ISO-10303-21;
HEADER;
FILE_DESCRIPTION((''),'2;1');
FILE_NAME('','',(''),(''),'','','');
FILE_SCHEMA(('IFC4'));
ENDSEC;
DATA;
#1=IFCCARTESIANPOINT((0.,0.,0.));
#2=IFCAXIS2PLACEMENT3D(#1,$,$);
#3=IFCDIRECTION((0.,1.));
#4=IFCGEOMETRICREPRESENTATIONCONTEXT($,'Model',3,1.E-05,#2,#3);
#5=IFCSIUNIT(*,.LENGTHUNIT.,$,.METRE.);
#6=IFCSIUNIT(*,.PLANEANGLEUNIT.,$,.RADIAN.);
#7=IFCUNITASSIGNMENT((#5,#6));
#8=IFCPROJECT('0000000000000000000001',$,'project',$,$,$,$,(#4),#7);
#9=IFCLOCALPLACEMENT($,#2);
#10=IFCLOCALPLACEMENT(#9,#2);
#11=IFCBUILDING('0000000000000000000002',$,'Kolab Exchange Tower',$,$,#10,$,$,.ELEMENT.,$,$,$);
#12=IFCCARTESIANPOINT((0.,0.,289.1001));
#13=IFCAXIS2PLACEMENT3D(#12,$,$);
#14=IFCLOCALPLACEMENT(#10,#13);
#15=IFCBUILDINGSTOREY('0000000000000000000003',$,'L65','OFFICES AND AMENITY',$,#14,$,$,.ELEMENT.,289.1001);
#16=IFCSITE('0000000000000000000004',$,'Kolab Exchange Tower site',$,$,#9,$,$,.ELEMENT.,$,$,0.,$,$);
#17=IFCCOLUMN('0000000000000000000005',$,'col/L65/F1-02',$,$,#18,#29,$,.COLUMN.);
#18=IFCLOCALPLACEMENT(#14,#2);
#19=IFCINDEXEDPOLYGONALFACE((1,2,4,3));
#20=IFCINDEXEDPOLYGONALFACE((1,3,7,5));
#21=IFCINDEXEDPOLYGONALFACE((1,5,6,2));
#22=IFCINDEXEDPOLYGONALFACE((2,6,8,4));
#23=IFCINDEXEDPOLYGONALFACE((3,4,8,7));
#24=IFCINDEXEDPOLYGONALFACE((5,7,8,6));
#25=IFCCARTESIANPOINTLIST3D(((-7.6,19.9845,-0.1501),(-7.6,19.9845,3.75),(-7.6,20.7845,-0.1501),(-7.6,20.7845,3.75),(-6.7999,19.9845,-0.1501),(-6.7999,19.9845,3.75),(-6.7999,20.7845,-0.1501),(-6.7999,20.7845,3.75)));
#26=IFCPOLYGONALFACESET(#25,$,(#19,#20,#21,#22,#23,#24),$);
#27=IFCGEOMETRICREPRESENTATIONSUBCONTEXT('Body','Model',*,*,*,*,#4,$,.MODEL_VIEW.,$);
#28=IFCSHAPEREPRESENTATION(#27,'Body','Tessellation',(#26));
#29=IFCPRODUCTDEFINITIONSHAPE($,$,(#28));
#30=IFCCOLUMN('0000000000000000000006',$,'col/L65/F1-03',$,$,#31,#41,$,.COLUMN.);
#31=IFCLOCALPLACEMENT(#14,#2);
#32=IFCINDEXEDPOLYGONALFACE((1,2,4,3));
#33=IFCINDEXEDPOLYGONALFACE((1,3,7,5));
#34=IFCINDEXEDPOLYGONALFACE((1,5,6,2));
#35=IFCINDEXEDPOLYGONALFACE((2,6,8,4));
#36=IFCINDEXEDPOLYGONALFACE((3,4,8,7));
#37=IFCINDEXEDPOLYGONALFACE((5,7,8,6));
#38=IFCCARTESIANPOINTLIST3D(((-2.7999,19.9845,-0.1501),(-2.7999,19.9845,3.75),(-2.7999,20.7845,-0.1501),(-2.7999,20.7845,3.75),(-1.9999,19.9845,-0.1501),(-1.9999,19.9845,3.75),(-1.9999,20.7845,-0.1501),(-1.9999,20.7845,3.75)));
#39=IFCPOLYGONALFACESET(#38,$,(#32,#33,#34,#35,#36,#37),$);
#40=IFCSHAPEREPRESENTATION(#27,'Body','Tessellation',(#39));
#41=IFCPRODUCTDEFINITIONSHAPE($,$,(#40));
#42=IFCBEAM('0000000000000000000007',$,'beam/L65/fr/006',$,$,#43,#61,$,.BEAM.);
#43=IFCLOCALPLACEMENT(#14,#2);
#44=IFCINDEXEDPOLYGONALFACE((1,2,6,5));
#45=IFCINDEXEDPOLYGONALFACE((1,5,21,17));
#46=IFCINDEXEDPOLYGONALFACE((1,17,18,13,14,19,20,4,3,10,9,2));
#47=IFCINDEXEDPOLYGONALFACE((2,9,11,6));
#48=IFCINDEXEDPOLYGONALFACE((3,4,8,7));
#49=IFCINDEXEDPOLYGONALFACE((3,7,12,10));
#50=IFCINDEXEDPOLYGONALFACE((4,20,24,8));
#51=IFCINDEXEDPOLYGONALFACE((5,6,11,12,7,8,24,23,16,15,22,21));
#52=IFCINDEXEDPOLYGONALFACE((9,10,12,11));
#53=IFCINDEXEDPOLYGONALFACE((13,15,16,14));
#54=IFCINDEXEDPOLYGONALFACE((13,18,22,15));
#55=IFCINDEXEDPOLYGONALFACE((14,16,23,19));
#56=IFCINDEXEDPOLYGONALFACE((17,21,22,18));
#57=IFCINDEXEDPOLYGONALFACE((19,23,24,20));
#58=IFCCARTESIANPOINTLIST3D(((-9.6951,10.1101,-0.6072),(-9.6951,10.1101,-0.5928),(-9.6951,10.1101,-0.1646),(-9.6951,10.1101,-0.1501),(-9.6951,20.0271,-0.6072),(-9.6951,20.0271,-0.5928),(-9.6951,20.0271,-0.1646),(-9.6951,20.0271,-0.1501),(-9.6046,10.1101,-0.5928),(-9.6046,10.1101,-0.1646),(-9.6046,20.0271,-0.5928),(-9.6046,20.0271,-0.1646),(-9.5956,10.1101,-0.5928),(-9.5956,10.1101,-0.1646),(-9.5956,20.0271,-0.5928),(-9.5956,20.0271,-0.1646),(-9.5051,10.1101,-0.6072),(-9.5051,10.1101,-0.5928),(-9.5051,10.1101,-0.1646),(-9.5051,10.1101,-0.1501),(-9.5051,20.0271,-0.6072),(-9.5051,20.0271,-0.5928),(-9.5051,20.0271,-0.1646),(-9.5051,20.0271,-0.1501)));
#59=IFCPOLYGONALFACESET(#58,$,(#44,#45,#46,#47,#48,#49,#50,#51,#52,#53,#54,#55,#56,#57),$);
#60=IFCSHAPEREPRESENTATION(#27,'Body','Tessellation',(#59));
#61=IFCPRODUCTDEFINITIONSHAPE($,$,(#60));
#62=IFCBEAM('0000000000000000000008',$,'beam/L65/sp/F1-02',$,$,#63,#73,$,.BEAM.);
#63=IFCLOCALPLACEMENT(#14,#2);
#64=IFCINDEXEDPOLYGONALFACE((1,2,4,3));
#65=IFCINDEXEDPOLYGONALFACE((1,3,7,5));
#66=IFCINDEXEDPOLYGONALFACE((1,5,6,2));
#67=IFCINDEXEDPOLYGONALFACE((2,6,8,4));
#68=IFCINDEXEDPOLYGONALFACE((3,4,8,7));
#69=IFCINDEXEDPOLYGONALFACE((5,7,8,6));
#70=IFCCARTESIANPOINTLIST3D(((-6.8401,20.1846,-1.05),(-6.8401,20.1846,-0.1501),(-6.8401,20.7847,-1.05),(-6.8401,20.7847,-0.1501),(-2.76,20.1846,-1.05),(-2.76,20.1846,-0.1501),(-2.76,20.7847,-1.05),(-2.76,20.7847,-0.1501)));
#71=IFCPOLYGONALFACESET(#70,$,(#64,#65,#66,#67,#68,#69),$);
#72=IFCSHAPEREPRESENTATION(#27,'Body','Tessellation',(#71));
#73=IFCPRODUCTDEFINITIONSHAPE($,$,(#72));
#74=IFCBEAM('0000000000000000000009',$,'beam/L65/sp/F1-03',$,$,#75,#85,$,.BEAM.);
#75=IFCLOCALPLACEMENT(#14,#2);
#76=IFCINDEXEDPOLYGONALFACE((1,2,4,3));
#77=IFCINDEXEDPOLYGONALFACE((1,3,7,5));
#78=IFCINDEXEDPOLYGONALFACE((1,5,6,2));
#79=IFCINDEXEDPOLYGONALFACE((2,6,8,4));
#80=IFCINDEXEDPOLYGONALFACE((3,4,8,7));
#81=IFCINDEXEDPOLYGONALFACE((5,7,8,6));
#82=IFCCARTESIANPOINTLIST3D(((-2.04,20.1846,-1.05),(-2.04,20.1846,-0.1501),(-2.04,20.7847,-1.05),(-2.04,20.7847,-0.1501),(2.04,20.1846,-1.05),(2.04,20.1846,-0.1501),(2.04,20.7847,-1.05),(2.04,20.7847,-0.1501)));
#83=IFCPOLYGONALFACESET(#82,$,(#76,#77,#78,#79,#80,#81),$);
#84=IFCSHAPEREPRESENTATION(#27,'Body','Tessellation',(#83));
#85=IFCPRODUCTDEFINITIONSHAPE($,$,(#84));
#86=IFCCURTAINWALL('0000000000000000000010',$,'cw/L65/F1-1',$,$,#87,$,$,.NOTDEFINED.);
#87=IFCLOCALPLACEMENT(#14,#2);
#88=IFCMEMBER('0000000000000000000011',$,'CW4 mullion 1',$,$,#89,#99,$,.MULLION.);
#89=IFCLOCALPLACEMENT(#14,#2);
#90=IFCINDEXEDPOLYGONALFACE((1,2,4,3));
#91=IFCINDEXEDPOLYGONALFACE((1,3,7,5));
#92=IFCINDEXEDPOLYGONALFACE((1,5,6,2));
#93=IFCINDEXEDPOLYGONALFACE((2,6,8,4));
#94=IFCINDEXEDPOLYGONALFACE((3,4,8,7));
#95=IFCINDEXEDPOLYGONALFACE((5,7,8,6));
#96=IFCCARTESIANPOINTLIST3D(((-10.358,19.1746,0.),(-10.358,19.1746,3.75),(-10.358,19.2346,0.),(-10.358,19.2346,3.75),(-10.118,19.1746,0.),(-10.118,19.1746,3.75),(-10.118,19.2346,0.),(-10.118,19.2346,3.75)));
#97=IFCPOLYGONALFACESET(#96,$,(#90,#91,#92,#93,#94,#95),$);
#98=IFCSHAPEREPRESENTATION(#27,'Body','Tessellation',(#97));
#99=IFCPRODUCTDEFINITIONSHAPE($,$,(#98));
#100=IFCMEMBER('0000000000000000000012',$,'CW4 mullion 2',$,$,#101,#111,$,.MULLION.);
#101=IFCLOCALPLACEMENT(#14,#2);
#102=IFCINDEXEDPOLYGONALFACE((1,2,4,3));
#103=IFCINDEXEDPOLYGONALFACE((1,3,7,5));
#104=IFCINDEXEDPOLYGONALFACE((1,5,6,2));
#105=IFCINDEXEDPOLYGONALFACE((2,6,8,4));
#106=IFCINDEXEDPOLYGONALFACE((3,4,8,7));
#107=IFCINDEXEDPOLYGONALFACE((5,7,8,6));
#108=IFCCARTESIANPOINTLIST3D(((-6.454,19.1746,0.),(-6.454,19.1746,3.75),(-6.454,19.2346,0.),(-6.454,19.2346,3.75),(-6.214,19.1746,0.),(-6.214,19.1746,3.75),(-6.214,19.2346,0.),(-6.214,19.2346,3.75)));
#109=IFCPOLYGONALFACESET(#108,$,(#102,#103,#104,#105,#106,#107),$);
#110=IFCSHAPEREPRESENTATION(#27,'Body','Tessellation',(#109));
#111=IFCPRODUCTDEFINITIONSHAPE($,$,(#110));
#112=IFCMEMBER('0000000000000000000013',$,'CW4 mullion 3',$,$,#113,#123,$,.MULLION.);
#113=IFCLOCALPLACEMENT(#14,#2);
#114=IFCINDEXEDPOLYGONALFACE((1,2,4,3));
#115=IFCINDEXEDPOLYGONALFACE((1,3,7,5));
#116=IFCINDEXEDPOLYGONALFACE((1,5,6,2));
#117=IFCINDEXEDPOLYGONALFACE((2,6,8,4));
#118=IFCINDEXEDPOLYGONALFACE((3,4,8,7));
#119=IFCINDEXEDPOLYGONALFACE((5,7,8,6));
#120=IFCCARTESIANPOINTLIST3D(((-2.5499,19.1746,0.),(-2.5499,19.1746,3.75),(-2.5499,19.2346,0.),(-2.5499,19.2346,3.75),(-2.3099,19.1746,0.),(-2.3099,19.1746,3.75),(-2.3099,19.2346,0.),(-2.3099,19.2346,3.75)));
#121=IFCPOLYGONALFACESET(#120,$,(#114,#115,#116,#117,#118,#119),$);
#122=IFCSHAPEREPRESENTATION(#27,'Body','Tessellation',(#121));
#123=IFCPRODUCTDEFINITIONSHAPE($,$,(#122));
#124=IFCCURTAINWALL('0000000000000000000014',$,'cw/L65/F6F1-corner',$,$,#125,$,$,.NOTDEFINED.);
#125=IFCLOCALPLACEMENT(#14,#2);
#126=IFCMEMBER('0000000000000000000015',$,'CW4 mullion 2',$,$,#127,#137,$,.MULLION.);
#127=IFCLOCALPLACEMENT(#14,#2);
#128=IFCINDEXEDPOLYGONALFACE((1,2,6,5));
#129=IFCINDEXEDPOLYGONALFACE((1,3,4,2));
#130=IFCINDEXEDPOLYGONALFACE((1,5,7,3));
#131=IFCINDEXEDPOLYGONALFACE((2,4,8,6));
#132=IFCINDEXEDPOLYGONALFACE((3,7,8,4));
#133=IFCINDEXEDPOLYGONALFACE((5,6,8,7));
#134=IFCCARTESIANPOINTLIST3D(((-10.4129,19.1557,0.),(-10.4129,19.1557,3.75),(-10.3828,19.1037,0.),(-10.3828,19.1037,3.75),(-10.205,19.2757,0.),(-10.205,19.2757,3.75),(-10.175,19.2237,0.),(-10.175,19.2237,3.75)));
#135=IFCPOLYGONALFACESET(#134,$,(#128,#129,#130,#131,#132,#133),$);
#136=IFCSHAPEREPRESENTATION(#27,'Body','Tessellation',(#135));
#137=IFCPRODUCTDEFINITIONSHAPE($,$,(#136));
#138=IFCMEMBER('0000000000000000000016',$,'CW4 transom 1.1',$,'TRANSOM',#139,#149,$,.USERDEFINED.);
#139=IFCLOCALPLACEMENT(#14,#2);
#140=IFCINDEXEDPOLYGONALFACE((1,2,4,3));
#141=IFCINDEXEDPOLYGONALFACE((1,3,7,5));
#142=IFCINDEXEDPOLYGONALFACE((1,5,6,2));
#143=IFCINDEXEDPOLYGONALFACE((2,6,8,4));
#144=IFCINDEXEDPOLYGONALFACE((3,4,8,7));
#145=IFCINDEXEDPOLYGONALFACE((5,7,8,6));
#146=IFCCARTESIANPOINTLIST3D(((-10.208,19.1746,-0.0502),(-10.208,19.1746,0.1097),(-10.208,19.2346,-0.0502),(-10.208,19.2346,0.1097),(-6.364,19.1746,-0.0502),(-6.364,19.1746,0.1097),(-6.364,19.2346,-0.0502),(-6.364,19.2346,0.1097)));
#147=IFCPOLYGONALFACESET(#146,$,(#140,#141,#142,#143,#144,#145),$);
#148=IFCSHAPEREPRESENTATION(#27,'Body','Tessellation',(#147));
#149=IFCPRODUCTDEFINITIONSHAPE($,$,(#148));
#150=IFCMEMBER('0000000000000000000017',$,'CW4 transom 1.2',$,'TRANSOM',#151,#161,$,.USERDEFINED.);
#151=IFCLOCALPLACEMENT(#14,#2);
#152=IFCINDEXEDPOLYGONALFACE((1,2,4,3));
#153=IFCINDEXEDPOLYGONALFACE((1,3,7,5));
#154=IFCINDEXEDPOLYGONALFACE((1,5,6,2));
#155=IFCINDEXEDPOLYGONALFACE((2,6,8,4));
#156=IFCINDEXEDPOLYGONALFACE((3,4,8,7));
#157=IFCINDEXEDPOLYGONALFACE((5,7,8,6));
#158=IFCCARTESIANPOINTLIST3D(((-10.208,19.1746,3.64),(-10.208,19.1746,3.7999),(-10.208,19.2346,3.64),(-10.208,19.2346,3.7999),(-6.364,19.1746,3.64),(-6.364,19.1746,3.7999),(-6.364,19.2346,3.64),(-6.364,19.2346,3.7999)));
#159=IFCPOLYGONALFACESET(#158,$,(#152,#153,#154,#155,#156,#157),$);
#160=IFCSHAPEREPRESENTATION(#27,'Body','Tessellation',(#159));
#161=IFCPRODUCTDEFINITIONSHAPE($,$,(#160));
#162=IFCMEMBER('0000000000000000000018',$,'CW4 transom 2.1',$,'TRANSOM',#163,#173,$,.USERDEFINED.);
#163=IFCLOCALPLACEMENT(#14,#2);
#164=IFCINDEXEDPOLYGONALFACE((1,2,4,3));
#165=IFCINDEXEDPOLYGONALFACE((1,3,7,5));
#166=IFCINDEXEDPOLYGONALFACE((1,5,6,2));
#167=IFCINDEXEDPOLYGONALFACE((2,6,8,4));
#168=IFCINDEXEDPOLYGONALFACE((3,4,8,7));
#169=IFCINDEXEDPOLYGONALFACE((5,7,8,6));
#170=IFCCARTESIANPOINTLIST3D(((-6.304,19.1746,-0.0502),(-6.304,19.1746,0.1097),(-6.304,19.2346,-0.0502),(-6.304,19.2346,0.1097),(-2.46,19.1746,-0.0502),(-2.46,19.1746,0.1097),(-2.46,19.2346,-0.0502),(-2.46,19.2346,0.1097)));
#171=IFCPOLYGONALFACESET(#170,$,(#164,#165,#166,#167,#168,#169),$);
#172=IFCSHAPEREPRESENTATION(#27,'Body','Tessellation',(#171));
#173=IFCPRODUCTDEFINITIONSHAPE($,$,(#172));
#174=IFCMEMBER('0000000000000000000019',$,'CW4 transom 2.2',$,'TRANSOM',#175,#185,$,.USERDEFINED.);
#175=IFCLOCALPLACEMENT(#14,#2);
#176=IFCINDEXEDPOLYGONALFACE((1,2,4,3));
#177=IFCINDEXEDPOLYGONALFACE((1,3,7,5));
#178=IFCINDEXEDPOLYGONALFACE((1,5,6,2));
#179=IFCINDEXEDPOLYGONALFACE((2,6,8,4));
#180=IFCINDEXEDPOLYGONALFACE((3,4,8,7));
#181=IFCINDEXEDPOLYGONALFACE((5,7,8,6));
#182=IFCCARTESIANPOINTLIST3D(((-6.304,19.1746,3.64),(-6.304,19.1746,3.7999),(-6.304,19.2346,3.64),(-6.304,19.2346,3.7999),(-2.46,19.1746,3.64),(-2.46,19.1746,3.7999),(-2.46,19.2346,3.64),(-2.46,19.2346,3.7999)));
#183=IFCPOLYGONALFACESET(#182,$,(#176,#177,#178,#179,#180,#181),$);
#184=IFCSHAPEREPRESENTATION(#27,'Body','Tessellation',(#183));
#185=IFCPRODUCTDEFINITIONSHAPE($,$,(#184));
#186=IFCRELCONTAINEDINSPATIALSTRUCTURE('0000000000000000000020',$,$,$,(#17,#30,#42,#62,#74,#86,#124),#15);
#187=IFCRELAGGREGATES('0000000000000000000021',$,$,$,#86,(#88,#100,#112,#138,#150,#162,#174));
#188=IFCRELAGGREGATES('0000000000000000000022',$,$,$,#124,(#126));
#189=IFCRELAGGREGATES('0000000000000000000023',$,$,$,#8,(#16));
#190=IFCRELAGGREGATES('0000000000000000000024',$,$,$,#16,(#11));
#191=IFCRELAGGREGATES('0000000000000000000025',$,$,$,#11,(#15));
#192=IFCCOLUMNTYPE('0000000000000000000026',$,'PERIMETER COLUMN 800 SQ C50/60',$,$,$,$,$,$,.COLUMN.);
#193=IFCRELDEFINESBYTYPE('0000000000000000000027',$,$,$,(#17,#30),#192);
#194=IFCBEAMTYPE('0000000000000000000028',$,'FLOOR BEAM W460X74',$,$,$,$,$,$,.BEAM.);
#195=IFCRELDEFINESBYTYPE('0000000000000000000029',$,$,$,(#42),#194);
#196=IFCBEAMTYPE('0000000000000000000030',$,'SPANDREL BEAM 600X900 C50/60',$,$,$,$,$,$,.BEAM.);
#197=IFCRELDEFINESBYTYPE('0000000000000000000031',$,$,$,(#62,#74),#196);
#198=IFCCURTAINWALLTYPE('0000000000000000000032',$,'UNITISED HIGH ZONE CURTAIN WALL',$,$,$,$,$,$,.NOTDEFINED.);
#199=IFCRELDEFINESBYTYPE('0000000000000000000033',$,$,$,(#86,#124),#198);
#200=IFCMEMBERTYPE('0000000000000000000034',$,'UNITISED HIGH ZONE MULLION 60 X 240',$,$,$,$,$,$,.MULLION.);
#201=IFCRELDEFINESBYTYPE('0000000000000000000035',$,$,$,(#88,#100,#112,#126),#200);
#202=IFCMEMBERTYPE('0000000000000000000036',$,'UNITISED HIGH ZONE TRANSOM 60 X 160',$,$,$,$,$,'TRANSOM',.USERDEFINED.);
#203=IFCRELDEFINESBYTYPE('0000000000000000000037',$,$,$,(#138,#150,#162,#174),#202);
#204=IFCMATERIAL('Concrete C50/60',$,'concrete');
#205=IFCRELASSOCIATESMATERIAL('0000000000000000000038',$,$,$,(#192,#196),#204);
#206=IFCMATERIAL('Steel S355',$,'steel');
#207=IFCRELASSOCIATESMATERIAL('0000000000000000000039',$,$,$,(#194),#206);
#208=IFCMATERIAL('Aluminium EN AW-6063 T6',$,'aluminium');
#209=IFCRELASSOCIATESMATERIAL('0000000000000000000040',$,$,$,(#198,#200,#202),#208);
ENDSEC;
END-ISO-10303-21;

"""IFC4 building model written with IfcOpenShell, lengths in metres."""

from ifc_helpers import new_model, si_unit, direction, frame, origin, origin_2d, place, context, subcontext, project, spatial, rectangle, i_section, extrude, material, material_profile, profile_set, type_object, element, aggregate, save


model = new_model("IFC4")

# Units and contexts
model_context = context("Model", 3, precision=1e-05, world=origin(), true_north=direction((0.0, 1.0)))
body_context = subcontext(model_context, "Body", "Model", "MODEL_VIEW")
ifc_project = project(units=[si_unit("LENGTHUNIT", "METRE"), si_unit("PLANEANGLEUNIT", "RADIAN")], contexts=[model_context])

# Site, building, storey
site_placement = place(None, origin())
site = spatial("IfcSite", under=ifc_project, at=site_placement, Name="Kolab Exchange Tower site", CompositionType="ELEMENT", RefElevation=0.0)
building_placement = place(site_placement, origin())
building = spatial("IfcBuilding", under=site, at=building_placement, Name="Kolab Exchange Tower", CompositionType="ELEMENT")
storey_placement = place(building_placement, frame((0.0, 0.0, 289.1001)))
storey = spatial("IfcBuildingStorey", under=building, at=storey_placement, Name="L65", Description="OFFICES AND AMENITY", CompositionType="ELEMENT", Elevation=289.1001)

# Columns
ifc_material_1 = material(Name="Concrete C50/60", Category="concrete")
ifc_material_profile_1 = material_profile(ifc_material_1, rectangle(XDim=0.8, YDim=0.8, at=origin_2d()), Name="RC800")
ifc_profile_set_1 = profile_set([ifc_material_profile_1], Name="Concrete C50/60")
column_type = type_object("IfcColumnType", Name="PERIMETER COLUMN 800 SQ C50/60", PredefinedType="COLUMN", material=ifc_profile_set_1)
for number, where, z_axis, x_axis, name in (
    (1, (-7.2, 20.3845, -0.1501), (0.0, 0.0, 1.0), (1.0, 0.0, 0.0), "col/L65/F1-02"),
    (2, (-2.3999, 20.3845, -0.1501), (0.0, 0.0, 1.0), (1.0, 0.0, 0.0), "col/L65/F1-03"),
):
    element("IfcColumn", number, at=place(storey_placement, frame(where, z_axis=z_axis, x_axis=x_axis)), inside=storey, type_object=column_type, Name=name, PredefinedType="COLUMN", context=body_context, shape_type="SweptSolid", body=[
        extrude(rectangle(XDim=0.8, YDim=0.8, at=origin_2d()), origin(), (0.0, 0.0, 1.0), 3.9001),
    ])

# Beams
ifc_material_2 = material(Name="Steel S355", Category="steel")
ifc_material_profile_2 = material_profile(ifc_material_2, i_section(OverallWidth=0.1899, OverallDepth=0.457, WebThickness=0.009, FlangeThickness=0.0144, at=origin_2d()), Name="W460X74")
ifc_profile_set_2 = profile_set([ifc_material_profile_2], Name="Steel S355")
beam_type_1 = type_object("IfcBeamType", Name="FLOOR BEAM W460X74", PredefinedType="BEAM", material=ifc_profile_set_2)
beam_placement = place(storey_placement, frame((-9.6001, 10.1101, -0.3787), z_axis=(0.0, 1.0, 0.0), x_axis=(-1.0, 0.0, 0.0)))
element("IfcBeam", 3, at=beam_placement, inside=storey, type_object=beam_type_1, Name="beam/L65/fr/006", PredefinedType="BEAM", context=body_context, shape_type="SweptSolid", body=[
    extrude(i_section(OverallWidth=0.1899, OverallDepth=0.457, WebThickness=0.009, FlangeThickness=0.0144, at=origin_2d()), origin(), (0.0, 0.0, 1.0), 9.917),
])
ifc_material_profile_3 = material_profile(ifc_material_1, rectangle(XDim=0.6001, YDim=0.8999, at=origin_2d()), Name="RC600X900")
ifc_profile_set_3 = profile_set([ifc_material_profile_3], Name="Concrete C50/60")
beam_type_2 = type_object("IfcBeamType", Name="SPANDREL BEAM 600X900 C50/60", PredefinedType="BEAM", material=ifc_profile_set_3)
for number, where, z_axis, x_axis, name in (
    (4, (-6.8401, 20.4846, -0.6001), (1.0, 0.0, 0.0), (0.0, 1.0, 0.0), "beam/L65/sp/F1-02"),
    (5, (-2.04, 20.4846, -0.6001), (1.0, 0.0, 0.0), (0.0, 1.0, 0.0), "beam/L65/sp/F1-03"),
):
    element("IfcBeam", number, at=place(storey_placement, frame(where, z_axis=z_axis, x_axis=x_axis)), inside=storey, type_object=beam_type_2, Name=name, PredefinedType="BEAM", context=body_context, shape_type="SweptSolid", body=[
        extrude(rectangle(XDim=0.6001, YDim=0.8999, at=origin_2d()), origin(), (0.0, 0.0, 1.0), 4.0801),
    ])

# Curtain wall, members
ifc_material_3 = material(Name="Aluminium EN AW-6063 T6", Category="aluminium")
curtain_wall_type = type_object("IfcCurtainWallType", Name="UNITISED HIGH ZONE CURTAIN WALL", PredefinedType="NOTDEFINED", material=ifc_material_3)
curtain_wall_1_placement = place(storey_placement, origin())
curtain_wall_1 = element("IfcCurtainWall", 6, at=curtain_wall_1_placement, inside=storey, type_object=curtain_wall_type, Name="cw/L65/F1-1", PredefinedType="NOTDEFINED")
ifc_material_profile_4 = material_profile(ifc_material_3, rectangle(XDim=0.0601, YDim=0.24, at=origin_2d()), Name="RECT 60X240")
ifc_profile_set_4 = profile_set([ifc_material_profile_4], Name="Aluminium EN AW-6063 T6")
member_type_1 = type_object("IfcMemberType", Name="UNITISED HIGH ZONE MULLION 60 X 240", PredefinedType="MULLION", material=ifc_profile_set_4)
member_1_placement = place(storey_placement, frame((-10.238, 19.2046, 0.0), z_axis=(0.0, 0.0, 1.0), x_axis=(0.0, 1.0, 0.0)))
member_1 = element("IfcMember", 7, at=member_1_placement, type_object=member_type_1, Name="CW4 mullion 1", PredefinedType="MULLION", context=body_context, shape_type="SweptSolid", body=[
    extrude(rectangle(XDim=0.0601, YDim=0.24, at=origin_2d()), origin(), (0.0, 0.0, 1.0), 3.75),
])
member_2_placement = place(storey_placement, frame((-6.334, 19.2046, 0.0), z_axis=(0.0, 0.0, 1.0), x_axis=(0.0, 1.0, 0.0)))
member_2 = element("IfcMember", 8, at=member_2_placement, type_object=member_type_1, Name="CW4 mullion 2", PredefinedType="MULLION", context=body_context, shape_type="SweptSolid", body=[
    extrude(rectangle(XDim=0.0601, YDim=0.24, at=origin_2d()), origin(), (0.0, 0.0, 1.0), 3.75),
])
member_3_placement = place(storey_placement, frame((-2.4299, 19.2046, 0.0), z_axis=(0.0, 0.0, 1.0), x_axis=(0.0, 1.0, 0.0)))
member_3 = element("IfcMember", 9, at=member_3_placement, type_object=member_type_1, Name="CW4 mullion 3", PredefinedType="MULLION", context=body_context, shape_type="SweptSolid", body=[
    extrude(rectangle(XDim=0.0601, YDim=0.24, at=origin_2d()), origin(), (0.0, 0.0, 1.0), 3.75),
])

# Curtain wall, member
curtain_wall_2_placement = place(storey_placement, origin())
curtain_wall_2 = element("IfcCurtainWall", 10, at=curtain_wall_2_placement, inside=storey, type_object=curtain_wall_type, Name="cw/L65/F6F1-corner", PredefinedType="NOTDEFINED")
member_4_placement = place(storey_placement, frame((-10.2939, 19.1897, 0.0), z_axis=(0.0, 0.0, 1.0), x_axis=(-0.5, 0.866025, 0.0)))
member_4 = element("IfcMember", 11, at=member_4_placement, type_object=member_type_1, Name="CW4 mullion 2", PredefinedType="MULLION", context=body_context, shape_type="SweptSolid", body=[
    extrude(rectangle(XDim=0.0601, YDim=0.24, at=origin_2d()), origin(), (0.0, 0.0, 1.0), 3.75),
])

# Members
ifc_material_profile_5 = material_profile(ifc_material_3, rectangle(XDim=0.0601, YDim=0.1599, at=origin_2d()), Name="RECT 60X160")
ifc_profile_set_5 = profile_set([ifc_material_profile_5], Name="Aluminium EN AW-6063 T6")
member_type_2 = type_object("IfcMemberType", Name="UNITISED HIGH ZONE TRANSOM 60 X 160", ElementType="TRANSOM", PredefinedType="USERDEFINED", material=ifc_profile_set_5)
member_5_placement = place(storey_placement, frame((-10.208, 19.2046, 0.0298), z_axis=(1.0, 0.0, 0.0), x_axis=(0.0, 1.0, 0.0)))
member_5 = element("IfcMember", 12, at=member_5_placement, type_object=member_type_2, Name="CW4 transom 1.1", ObjectType="TRANSOM", PredefinedType="USERDEFINED", context=body_context, shape_type="SweptSolid", body=[
    extrude(rectangle(XDim=0.0601, YDim=0.1599, at=origin_2d()), origin(), (0.0, 0.0, 1.0), 3.844),
])
member_6_placement = place(storey_placement, frame((-10.208, 19.2046, 3.72), z_axis=(1.0, 0.0, 0.0), x_axis=(0.0, 1.0, 0.0)))
member_6 = element("IfcMember", 13, at=member_6_placement, type_object=member_type_2, Name="CW4 transom 1.2", ObjectType="TRANSOM", PredefinedType="USERDEFINED", context=body_context, shape_type="SweptSolid", body=[
    extrude(rectangle(XDim=0.0601, YDim=0.1599, at=origin_2d()), origin(), (0.0, 0.0, 1.0), 3.844),
])
member_7_placement = place(storey_placement, frame((-6.304, 19.2046, 0.0298), z_axis=(1.0, 0.0, 0.0), x_axis=(0.0, 1.0, 0.0)))
member_7 = element("IfcMember", 14, at=member_7_placement, type_object=member_type_2, Name="CW4 transom 2.1", ObjectType="TRANSOM", PredefinedType="USERDEFINED", context=body_context, shape_type="SweptSolid", body=[
    extrude(rectangle(XDim=0.0601, YDim=0.1599, at=origin_2d()), origin(), (0.0, 0.0, 1.0), 3.844),
])
member_8_placement = place(storey_placement, frame((-6.304, 19.2046, 3.72), z_axis=(1.0, 0.0, 0.0), x_axis=(0.0, 1.0, 0.0)))
member_8 = element("IfcMember", 15, at=member_8_placement, type_object=member_type_2, Name="CW4 transom 2.2", ObjectType="TRANSOM", PredefinedType="USERDEFINED", context=body_context, shape_type="SweptSolid", body=[
    extrude(rectangle(XDim=0.0601, YDim=0.1599, at=origin_2d()), origin(), (0.0, 0.0, 1.0), 3.844),
])

aggregate(curtain_wall_1, [member_1, member_2, member_3, member_5, member_6, member_7, member_8])
aggregate(curtain_wall_2, [member_4])

save(model, "model.ifc")
